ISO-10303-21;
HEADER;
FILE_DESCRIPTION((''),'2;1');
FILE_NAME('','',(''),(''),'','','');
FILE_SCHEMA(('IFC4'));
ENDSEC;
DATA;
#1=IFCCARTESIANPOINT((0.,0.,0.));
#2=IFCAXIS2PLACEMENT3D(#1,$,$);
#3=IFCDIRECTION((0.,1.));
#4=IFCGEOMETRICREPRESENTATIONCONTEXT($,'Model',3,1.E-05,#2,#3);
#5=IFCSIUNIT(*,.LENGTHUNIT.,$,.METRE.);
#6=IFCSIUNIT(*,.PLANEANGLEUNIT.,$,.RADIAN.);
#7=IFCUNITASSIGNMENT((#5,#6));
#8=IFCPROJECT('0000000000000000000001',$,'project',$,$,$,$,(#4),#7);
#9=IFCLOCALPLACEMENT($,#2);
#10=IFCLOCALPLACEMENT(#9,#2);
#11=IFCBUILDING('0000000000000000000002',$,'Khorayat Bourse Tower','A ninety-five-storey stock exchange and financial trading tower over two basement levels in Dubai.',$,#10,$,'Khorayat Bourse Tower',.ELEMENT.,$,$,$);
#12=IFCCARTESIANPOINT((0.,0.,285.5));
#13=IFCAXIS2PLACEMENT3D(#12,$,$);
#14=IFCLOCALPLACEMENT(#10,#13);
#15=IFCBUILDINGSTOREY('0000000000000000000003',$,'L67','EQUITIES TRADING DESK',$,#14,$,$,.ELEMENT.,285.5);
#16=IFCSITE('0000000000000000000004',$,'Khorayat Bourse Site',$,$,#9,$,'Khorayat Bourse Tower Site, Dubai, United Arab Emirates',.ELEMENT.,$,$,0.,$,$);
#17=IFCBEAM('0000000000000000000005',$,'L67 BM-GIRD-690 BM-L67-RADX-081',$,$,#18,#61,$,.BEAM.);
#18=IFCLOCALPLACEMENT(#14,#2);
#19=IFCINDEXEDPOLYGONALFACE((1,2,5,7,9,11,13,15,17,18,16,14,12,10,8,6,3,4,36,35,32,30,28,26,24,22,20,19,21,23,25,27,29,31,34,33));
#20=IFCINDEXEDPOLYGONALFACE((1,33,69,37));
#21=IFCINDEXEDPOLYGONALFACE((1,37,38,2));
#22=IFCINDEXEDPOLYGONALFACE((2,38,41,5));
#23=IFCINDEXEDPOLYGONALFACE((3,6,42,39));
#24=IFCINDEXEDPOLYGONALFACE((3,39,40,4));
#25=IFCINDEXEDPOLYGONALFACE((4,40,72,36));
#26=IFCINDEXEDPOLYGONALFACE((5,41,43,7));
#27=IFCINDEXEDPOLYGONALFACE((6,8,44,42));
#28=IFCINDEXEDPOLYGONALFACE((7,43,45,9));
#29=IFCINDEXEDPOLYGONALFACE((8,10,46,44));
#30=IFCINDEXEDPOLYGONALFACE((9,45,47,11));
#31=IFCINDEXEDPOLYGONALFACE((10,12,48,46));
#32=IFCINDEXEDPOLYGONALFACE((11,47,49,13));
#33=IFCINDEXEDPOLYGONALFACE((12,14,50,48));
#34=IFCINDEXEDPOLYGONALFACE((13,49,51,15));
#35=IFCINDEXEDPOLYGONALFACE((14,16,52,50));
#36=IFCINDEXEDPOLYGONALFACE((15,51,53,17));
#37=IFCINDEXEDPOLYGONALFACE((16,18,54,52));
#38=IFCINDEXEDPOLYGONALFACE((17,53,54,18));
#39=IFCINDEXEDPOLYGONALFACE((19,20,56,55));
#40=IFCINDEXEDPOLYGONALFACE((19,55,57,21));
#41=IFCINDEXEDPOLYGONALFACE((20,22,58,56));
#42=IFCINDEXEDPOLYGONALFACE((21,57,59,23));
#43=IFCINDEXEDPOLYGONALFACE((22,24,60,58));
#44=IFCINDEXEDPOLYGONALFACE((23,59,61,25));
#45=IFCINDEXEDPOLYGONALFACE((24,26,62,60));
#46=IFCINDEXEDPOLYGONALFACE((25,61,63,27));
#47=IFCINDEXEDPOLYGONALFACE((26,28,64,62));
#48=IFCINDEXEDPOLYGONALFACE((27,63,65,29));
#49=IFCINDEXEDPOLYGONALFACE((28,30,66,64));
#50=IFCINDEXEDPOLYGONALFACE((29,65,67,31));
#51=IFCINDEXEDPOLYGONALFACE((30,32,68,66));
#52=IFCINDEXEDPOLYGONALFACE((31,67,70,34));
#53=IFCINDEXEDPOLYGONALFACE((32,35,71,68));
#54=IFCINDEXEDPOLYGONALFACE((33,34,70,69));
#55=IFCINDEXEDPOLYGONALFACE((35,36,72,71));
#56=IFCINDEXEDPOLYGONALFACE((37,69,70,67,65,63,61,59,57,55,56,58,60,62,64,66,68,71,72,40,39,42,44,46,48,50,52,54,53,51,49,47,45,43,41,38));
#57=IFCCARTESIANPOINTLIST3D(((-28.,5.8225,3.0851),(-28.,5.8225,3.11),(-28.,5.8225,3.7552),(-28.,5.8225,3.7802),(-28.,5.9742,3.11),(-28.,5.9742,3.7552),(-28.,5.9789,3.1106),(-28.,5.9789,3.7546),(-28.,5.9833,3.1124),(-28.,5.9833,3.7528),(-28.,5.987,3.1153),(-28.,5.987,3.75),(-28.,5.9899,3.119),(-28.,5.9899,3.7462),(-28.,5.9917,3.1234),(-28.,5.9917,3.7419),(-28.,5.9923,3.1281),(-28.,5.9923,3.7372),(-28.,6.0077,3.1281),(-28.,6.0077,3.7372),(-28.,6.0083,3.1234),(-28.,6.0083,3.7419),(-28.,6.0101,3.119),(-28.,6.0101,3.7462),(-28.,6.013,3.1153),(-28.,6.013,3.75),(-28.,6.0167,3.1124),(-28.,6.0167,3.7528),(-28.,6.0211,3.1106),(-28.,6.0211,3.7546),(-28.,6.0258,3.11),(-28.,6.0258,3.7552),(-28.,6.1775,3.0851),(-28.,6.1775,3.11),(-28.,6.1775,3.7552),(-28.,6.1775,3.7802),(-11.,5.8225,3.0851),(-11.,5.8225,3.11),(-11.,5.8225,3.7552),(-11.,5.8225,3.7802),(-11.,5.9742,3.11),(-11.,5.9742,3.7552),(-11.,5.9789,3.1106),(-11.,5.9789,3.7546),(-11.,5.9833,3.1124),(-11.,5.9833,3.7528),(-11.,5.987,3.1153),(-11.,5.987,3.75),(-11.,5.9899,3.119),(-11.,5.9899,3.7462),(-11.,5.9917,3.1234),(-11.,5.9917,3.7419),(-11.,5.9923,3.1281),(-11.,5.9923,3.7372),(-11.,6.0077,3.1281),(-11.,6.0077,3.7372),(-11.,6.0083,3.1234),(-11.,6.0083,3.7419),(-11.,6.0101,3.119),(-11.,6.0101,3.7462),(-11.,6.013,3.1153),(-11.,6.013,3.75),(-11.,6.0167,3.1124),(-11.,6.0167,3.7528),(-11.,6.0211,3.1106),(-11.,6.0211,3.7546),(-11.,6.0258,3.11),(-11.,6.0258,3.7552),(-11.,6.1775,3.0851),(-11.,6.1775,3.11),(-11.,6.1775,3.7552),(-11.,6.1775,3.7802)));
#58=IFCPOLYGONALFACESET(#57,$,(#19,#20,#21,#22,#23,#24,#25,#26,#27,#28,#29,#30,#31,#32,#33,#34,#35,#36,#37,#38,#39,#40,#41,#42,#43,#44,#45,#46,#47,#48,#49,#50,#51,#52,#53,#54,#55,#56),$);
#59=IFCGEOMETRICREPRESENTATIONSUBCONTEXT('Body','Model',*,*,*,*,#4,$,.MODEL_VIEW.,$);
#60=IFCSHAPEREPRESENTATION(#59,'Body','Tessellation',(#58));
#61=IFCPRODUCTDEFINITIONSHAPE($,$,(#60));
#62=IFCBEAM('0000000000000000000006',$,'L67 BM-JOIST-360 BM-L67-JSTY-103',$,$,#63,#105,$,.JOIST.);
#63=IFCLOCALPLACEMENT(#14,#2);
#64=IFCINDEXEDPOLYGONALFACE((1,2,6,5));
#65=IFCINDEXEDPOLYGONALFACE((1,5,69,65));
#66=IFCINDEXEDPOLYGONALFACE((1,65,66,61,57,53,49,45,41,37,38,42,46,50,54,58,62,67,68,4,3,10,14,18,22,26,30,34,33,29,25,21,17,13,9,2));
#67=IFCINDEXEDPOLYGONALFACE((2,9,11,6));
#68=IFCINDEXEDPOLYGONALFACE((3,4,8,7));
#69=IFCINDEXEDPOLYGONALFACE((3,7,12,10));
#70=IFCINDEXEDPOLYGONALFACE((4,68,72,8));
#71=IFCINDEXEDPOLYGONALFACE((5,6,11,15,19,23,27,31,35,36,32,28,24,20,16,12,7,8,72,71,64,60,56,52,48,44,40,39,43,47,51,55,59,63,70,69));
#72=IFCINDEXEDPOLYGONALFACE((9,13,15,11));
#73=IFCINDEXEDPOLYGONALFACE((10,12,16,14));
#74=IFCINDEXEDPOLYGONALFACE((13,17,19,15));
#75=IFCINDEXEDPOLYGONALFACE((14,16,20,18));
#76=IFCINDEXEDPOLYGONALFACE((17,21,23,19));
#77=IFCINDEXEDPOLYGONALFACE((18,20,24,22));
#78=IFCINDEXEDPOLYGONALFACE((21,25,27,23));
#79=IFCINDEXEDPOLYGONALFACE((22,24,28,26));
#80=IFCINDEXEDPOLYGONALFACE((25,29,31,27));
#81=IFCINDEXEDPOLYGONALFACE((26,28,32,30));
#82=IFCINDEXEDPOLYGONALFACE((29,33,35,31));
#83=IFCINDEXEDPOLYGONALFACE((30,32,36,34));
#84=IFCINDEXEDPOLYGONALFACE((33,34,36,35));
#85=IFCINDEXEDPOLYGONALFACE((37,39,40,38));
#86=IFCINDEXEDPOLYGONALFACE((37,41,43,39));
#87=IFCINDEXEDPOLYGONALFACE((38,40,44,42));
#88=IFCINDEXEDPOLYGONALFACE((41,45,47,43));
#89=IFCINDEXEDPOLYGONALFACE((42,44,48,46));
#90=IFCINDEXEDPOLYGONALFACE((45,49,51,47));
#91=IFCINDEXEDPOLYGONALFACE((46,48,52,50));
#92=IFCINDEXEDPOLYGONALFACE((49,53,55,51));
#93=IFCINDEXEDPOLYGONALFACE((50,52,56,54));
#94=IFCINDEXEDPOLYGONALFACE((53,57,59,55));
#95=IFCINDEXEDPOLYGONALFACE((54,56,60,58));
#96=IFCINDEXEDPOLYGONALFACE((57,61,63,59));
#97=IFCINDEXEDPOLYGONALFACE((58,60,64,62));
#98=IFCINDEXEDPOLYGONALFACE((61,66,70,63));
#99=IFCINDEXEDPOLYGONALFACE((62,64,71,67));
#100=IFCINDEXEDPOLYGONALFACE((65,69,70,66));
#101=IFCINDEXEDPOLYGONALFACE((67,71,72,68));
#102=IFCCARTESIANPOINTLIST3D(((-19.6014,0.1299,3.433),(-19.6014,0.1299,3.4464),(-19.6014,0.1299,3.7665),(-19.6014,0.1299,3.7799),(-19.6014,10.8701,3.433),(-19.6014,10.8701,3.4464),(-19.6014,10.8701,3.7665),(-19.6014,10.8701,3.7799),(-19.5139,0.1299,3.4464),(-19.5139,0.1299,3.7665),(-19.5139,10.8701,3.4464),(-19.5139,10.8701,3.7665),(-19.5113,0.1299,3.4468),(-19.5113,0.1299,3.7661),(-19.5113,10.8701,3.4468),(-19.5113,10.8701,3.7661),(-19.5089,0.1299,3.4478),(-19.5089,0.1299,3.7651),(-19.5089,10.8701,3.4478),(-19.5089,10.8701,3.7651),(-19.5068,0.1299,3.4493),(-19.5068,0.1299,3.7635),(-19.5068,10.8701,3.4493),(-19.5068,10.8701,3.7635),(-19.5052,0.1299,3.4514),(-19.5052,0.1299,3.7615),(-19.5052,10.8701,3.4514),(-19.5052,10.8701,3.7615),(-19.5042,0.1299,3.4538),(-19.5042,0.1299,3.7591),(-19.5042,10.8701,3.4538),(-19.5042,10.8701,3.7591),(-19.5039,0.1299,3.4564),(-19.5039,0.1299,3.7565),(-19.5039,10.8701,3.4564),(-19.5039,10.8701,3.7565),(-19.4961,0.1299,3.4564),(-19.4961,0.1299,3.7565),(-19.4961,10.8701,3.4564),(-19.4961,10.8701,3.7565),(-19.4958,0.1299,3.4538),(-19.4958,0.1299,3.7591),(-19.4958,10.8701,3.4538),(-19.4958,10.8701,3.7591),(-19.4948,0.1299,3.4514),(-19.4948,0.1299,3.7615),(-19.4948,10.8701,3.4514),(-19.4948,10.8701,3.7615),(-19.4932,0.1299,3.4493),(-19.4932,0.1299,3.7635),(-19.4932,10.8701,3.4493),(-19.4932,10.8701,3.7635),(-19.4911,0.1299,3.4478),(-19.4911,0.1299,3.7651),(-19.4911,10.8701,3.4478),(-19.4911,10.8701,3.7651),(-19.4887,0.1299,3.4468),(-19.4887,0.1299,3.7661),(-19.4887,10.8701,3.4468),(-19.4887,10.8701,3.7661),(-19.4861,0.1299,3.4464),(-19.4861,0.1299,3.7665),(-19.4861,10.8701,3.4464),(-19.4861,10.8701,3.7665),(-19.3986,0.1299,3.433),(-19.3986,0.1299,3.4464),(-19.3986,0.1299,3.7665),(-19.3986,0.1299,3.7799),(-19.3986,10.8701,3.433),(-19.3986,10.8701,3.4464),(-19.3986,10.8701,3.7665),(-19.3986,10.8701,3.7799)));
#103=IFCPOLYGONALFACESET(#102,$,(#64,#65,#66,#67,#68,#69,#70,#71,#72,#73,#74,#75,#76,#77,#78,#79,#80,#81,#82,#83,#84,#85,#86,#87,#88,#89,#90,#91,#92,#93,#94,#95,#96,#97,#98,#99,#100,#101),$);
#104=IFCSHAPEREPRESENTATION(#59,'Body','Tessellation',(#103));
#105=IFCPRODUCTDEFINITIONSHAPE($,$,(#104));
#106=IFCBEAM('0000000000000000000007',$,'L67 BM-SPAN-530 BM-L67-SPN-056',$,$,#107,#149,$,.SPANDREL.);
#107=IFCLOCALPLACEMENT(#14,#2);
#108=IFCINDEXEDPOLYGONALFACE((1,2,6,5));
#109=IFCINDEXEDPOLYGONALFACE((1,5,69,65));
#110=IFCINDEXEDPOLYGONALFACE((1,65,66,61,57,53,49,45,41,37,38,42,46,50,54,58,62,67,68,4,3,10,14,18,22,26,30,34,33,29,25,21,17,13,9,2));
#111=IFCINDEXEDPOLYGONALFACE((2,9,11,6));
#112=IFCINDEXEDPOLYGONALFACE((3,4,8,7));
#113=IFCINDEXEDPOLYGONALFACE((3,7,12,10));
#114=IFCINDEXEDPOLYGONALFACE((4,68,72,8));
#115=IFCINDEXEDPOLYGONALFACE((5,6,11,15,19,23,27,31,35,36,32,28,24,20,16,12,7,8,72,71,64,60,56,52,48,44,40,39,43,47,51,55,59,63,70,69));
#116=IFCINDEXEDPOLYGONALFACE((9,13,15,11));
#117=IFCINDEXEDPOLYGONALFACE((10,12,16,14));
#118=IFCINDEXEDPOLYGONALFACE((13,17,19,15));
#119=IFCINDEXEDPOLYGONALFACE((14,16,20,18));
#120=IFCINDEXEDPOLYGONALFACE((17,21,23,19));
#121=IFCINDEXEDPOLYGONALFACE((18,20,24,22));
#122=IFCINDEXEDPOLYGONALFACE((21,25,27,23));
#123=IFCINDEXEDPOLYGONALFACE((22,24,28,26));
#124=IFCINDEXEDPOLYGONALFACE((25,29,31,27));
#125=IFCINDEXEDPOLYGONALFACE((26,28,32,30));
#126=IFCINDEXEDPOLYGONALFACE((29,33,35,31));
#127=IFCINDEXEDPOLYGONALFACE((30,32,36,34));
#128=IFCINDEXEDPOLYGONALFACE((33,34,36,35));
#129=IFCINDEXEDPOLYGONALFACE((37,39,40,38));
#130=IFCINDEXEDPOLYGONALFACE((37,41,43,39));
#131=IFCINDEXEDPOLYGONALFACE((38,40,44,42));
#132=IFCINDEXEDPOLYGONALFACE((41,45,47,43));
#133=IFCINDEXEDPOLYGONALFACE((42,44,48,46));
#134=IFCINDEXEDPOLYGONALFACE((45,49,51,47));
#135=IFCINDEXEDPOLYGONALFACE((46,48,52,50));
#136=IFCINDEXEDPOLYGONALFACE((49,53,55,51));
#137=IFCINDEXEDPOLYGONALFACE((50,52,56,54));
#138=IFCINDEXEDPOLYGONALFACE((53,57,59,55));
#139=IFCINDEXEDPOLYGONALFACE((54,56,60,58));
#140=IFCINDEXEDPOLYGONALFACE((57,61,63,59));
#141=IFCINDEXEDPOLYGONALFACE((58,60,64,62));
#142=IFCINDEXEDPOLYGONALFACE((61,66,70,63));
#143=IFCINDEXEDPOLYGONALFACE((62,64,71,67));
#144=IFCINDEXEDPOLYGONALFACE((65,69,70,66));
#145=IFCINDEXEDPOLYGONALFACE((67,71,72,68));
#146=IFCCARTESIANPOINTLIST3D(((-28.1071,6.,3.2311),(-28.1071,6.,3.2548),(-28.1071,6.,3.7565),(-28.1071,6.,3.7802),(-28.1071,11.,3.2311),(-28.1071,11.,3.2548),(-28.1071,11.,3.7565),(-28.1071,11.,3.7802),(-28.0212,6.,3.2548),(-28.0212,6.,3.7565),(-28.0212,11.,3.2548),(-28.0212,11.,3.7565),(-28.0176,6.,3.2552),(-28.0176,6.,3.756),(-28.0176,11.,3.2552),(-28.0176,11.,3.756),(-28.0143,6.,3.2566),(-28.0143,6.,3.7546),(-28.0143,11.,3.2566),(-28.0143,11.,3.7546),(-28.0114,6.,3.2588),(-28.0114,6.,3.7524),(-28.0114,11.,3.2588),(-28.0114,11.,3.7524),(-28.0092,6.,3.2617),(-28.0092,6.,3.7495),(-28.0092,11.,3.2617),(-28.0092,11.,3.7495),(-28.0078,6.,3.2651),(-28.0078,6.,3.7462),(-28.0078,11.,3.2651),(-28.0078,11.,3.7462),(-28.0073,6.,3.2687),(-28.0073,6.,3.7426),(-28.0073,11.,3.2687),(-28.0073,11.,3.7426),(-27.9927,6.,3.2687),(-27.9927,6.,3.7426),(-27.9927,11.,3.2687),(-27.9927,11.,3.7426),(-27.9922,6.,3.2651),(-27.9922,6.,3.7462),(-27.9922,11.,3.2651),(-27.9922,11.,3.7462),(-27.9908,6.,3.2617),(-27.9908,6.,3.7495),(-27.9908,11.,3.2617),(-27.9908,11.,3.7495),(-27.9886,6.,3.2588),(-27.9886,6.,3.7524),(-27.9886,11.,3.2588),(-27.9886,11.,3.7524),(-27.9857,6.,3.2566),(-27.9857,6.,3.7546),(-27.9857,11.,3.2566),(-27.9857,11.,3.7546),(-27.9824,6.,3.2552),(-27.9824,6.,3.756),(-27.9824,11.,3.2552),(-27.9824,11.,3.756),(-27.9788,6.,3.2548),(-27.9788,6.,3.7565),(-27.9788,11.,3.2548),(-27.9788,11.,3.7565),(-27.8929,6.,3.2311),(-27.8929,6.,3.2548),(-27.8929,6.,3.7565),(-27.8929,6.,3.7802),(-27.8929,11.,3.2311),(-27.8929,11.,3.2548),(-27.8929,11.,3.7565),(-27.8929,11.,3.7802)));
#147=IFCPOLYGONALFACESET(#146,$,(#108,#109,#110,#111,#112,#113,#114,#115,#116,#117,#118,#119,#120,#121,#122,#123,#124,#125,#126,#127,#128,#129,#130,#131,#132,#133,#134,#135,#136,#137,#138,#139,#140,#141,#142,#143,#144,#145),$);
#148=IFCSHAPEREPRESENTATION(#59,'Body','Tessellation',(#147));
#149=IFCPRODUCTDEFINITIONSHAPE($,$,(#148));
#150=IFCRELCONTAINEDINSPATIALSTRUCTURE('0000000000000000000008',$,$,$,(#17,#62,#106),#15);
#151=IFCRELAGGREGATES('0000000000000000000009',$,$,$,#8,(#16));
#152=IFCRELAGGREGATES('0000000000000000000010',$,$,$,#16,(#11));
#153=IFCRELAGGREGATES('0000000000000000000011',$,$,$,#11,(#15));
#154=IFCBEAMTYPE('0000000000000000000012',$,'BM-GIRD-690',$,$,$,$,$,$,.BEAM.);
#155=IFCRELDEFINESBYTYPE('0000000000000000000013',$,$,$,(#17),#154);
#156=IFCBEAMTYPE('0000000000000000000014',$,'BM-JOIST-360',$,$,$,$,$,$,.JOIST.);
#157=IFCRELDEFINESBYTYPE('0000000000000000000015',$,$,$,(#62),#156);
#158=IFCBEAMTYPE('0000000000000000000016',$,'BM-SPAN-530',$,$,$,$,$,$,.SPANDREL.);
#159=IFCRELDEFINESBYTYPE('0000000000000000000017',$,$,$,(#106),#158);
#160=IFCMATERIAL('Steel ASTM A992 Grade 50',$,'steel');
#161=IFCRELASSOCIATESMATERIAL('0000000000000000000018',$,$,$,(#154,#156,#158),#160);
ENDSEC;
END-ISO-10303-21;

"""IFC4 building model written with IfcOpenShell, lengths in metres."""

from ifc_helpers import new_model, si_unit, direction, frame, origin, origin_2d, place, context, subcontext, project, spatial, i_section, extrude, source, transform, mapped, material, material_profile, profile_set, type_object, element, save


model = new_model("IFC4")

# Units and contexts
model_context = context("Model", 3, precision=1e-05, world=origin(), true_north=direction((0.0, 1.0)))
body_context = subcontext(model_context, "Body", "Model", "MODEL_VIEW")
ifc_project = project(units=[si_unit("LENGTHUNIT", "METRE"), si_unit("PLANEANGLEUNIT", "RADIAN")], contexts=[model_context])

# Site, building, storey
site_placement = place(None, origin())
site = spatial("IfcSite", under=ifc_project, at=site_placement, Name="Khorayat Bourse Site", LongName="Khorayat Bourse Tower Site, Dubai, United Arab Emirates", CompositionType="ELEMENT", RefElevation=0.0)
building_placement = place(site_placement, origin())
building = spatial("IfcBuilding", under=site, at=building_placement, Name="Khorayat Bourse Tower", Description="A ninety-five-storey stock exchange and financial trading tower over two basement levels in Dubai.", LongName="Khorayat Bourse Tower", CompositionType="ELEMENT")
storey_placement = place(building_placement, frame((0.0, 0.0, 285.5)))
storey = spatial("IfcBuildingStorey", under=building, at=storey_placement, Name="L67", Description="EQUITIES TRADING DESK", CompositionType="ELEMENT", Elevation=285.5)

# Beams
ifc_material_1 = material(Name="Steel ASTM A992 Grade 50", Category="steel")
ifc_material_profile_1 = material_profile(ifc_material_1, i_section(OverallWidth=0.355, OverallDepth=0.6951, WebThickness=0.0154, FlangeThickness=0.0249, FilletRadius=0.0181, at=origin_2d()), Name="W690X217")
ifc_profile_set_1 = profile_set([ifc_material_profile_1], Name="Steel ASTM A992 Grade 50")
beam_type_1 = type_object("IfcBeamType", Name="BM-GIRD-690", PredefinedType="BEAM", material=ifc_profile_set_1)
shared_shape_1 = source(origin(), body_context, "Body", "SweptSolid", [
    extrude(i_section(OverallWidth=0.355, OverallDepth=0.6951, WebThickness=0.0154, FlangeThickness=0.0249, FilletRadius=0.0181, at=origin_2d()), origin(), (0.0, 0.0, 1.0), 17.0),
])
for number, where, z_axis, x_axis, name in (
    (1, (-28.0, 6.0, 3.4326), (1.0, 0.0, 0.0), (0.0, 1.0, 0.0), "L67 BM-GIRD-690 BM-L67-RADX-081"),
):
    element("IfcBeam", number, at=place(storey_placement, frame(where, z_axis=z_axis, x_axis=x_axis)), inside=storey, type_object=beam_type_1, Name=name, PredefinedType="BEAM", context=body_context, shape_type="MappedRepresentation", body=[
        mapped(shared_shape_1, transform((0.0, 0.0, 0.0), scale=1.0)),
    ])
ifc_material_profile_2 = material_profile(ifc_material_1, i_section(OverallWidth=0.2029, OverallDepth=0.3469, WebThickness=0.0078, FlangeThickness=0.0134, FilletRadius=0.01, at=origin_2d()), Name="W360X64")
ifc_profile_set_2 = profile_set([ifc_material_profile_2], Name="Steel ASTM A992 Grade 50")
beam_type_2 = type_object("IfcBeamType", Name="BM-JOIST-360", PredefinedType="JOIST", material=ifc_profile_set_2)
shared_shape_2 = source(origin(), body_context, "Body", "SweptSolid", [
    extrude(i_section(OverallWidth=0.2029, OverallDepth=0.3469, WebThickness=0.0078, FlangeThickness=0.0134, FilletRadius=0.01, at=origin_2d()), origin(), (0.0, 0.0, 1.0), 10.7402),
])
beam_1_placement = place(storey_placement, frame((-19.5, 0.1299, 3.6064), z_axis=(0.0, 1.0, 0.0), x_axis=(-1.0, 0.0, 0.0)))
element("IfcBeam", 2, at=beam_1_placement, inside=storey, type_object=beam_type_2, Name="L67 BM-JOIST-360 BM-L67-JSTY-103", PredefinedType="JOIST", context=body_context, shape_type="MappedRepresentation", body=[
    mapped(shared_shape_2, transform((0.0, 0.0, 0.0), scale=1.0)),
])
ifc_material_profile_3 = material_profile(ifc_material_1, i_section(OverallWidth=0.2141, OverallDepth=0.5491, WebThickness=0.0146, FlangeThickness=0.0237, FilletRadius=0.0139, at=origin_2d()), Name="W530X138")
ifc_profile_set_3 = profile_set([ifc_material_profile_3], Name="Steel ASTM A992 Grade 50")
beam_type_3 = type_object("IfcBeamType", Name="BM-SPAN-530", PredefinedType="SPANDREL", material=ifc_profile_set_3)
shared_shape_3 = source(origin(), body_context, "Body", "SweptSolid", [
    extrude(i_section(OverallWidth=0.2141, OverallDepth=0.5491, WebThickness=0.0146, FlangeThickness=0.0237, FilletRadius=0.0139, at=origin_2d()), origin(), (0.0, 0.0, 1.0), 5.0),
])
beam_2_placement = place(storey_placement, frame((-28.0, 6.0, 3.5056), z_axis=(0.0, 1.0, 0.0), x_axis=(-1.0, 0.0, 0.0)))
element("IfcBeam", 3, at=beam_2_placement, inside=storey, type_object=beam_type_3, Name="L67 BM-SPAN-530 BM-L67-SPN-056", PredefinedType="SPANDREL", context=body_context, shape_type="MappedRepresentation", body=[
    mapped(shared_shape_3, transform((0.0, 0.0, 0.0), scale=1.0)),
])

save(model, "model.ifc")
